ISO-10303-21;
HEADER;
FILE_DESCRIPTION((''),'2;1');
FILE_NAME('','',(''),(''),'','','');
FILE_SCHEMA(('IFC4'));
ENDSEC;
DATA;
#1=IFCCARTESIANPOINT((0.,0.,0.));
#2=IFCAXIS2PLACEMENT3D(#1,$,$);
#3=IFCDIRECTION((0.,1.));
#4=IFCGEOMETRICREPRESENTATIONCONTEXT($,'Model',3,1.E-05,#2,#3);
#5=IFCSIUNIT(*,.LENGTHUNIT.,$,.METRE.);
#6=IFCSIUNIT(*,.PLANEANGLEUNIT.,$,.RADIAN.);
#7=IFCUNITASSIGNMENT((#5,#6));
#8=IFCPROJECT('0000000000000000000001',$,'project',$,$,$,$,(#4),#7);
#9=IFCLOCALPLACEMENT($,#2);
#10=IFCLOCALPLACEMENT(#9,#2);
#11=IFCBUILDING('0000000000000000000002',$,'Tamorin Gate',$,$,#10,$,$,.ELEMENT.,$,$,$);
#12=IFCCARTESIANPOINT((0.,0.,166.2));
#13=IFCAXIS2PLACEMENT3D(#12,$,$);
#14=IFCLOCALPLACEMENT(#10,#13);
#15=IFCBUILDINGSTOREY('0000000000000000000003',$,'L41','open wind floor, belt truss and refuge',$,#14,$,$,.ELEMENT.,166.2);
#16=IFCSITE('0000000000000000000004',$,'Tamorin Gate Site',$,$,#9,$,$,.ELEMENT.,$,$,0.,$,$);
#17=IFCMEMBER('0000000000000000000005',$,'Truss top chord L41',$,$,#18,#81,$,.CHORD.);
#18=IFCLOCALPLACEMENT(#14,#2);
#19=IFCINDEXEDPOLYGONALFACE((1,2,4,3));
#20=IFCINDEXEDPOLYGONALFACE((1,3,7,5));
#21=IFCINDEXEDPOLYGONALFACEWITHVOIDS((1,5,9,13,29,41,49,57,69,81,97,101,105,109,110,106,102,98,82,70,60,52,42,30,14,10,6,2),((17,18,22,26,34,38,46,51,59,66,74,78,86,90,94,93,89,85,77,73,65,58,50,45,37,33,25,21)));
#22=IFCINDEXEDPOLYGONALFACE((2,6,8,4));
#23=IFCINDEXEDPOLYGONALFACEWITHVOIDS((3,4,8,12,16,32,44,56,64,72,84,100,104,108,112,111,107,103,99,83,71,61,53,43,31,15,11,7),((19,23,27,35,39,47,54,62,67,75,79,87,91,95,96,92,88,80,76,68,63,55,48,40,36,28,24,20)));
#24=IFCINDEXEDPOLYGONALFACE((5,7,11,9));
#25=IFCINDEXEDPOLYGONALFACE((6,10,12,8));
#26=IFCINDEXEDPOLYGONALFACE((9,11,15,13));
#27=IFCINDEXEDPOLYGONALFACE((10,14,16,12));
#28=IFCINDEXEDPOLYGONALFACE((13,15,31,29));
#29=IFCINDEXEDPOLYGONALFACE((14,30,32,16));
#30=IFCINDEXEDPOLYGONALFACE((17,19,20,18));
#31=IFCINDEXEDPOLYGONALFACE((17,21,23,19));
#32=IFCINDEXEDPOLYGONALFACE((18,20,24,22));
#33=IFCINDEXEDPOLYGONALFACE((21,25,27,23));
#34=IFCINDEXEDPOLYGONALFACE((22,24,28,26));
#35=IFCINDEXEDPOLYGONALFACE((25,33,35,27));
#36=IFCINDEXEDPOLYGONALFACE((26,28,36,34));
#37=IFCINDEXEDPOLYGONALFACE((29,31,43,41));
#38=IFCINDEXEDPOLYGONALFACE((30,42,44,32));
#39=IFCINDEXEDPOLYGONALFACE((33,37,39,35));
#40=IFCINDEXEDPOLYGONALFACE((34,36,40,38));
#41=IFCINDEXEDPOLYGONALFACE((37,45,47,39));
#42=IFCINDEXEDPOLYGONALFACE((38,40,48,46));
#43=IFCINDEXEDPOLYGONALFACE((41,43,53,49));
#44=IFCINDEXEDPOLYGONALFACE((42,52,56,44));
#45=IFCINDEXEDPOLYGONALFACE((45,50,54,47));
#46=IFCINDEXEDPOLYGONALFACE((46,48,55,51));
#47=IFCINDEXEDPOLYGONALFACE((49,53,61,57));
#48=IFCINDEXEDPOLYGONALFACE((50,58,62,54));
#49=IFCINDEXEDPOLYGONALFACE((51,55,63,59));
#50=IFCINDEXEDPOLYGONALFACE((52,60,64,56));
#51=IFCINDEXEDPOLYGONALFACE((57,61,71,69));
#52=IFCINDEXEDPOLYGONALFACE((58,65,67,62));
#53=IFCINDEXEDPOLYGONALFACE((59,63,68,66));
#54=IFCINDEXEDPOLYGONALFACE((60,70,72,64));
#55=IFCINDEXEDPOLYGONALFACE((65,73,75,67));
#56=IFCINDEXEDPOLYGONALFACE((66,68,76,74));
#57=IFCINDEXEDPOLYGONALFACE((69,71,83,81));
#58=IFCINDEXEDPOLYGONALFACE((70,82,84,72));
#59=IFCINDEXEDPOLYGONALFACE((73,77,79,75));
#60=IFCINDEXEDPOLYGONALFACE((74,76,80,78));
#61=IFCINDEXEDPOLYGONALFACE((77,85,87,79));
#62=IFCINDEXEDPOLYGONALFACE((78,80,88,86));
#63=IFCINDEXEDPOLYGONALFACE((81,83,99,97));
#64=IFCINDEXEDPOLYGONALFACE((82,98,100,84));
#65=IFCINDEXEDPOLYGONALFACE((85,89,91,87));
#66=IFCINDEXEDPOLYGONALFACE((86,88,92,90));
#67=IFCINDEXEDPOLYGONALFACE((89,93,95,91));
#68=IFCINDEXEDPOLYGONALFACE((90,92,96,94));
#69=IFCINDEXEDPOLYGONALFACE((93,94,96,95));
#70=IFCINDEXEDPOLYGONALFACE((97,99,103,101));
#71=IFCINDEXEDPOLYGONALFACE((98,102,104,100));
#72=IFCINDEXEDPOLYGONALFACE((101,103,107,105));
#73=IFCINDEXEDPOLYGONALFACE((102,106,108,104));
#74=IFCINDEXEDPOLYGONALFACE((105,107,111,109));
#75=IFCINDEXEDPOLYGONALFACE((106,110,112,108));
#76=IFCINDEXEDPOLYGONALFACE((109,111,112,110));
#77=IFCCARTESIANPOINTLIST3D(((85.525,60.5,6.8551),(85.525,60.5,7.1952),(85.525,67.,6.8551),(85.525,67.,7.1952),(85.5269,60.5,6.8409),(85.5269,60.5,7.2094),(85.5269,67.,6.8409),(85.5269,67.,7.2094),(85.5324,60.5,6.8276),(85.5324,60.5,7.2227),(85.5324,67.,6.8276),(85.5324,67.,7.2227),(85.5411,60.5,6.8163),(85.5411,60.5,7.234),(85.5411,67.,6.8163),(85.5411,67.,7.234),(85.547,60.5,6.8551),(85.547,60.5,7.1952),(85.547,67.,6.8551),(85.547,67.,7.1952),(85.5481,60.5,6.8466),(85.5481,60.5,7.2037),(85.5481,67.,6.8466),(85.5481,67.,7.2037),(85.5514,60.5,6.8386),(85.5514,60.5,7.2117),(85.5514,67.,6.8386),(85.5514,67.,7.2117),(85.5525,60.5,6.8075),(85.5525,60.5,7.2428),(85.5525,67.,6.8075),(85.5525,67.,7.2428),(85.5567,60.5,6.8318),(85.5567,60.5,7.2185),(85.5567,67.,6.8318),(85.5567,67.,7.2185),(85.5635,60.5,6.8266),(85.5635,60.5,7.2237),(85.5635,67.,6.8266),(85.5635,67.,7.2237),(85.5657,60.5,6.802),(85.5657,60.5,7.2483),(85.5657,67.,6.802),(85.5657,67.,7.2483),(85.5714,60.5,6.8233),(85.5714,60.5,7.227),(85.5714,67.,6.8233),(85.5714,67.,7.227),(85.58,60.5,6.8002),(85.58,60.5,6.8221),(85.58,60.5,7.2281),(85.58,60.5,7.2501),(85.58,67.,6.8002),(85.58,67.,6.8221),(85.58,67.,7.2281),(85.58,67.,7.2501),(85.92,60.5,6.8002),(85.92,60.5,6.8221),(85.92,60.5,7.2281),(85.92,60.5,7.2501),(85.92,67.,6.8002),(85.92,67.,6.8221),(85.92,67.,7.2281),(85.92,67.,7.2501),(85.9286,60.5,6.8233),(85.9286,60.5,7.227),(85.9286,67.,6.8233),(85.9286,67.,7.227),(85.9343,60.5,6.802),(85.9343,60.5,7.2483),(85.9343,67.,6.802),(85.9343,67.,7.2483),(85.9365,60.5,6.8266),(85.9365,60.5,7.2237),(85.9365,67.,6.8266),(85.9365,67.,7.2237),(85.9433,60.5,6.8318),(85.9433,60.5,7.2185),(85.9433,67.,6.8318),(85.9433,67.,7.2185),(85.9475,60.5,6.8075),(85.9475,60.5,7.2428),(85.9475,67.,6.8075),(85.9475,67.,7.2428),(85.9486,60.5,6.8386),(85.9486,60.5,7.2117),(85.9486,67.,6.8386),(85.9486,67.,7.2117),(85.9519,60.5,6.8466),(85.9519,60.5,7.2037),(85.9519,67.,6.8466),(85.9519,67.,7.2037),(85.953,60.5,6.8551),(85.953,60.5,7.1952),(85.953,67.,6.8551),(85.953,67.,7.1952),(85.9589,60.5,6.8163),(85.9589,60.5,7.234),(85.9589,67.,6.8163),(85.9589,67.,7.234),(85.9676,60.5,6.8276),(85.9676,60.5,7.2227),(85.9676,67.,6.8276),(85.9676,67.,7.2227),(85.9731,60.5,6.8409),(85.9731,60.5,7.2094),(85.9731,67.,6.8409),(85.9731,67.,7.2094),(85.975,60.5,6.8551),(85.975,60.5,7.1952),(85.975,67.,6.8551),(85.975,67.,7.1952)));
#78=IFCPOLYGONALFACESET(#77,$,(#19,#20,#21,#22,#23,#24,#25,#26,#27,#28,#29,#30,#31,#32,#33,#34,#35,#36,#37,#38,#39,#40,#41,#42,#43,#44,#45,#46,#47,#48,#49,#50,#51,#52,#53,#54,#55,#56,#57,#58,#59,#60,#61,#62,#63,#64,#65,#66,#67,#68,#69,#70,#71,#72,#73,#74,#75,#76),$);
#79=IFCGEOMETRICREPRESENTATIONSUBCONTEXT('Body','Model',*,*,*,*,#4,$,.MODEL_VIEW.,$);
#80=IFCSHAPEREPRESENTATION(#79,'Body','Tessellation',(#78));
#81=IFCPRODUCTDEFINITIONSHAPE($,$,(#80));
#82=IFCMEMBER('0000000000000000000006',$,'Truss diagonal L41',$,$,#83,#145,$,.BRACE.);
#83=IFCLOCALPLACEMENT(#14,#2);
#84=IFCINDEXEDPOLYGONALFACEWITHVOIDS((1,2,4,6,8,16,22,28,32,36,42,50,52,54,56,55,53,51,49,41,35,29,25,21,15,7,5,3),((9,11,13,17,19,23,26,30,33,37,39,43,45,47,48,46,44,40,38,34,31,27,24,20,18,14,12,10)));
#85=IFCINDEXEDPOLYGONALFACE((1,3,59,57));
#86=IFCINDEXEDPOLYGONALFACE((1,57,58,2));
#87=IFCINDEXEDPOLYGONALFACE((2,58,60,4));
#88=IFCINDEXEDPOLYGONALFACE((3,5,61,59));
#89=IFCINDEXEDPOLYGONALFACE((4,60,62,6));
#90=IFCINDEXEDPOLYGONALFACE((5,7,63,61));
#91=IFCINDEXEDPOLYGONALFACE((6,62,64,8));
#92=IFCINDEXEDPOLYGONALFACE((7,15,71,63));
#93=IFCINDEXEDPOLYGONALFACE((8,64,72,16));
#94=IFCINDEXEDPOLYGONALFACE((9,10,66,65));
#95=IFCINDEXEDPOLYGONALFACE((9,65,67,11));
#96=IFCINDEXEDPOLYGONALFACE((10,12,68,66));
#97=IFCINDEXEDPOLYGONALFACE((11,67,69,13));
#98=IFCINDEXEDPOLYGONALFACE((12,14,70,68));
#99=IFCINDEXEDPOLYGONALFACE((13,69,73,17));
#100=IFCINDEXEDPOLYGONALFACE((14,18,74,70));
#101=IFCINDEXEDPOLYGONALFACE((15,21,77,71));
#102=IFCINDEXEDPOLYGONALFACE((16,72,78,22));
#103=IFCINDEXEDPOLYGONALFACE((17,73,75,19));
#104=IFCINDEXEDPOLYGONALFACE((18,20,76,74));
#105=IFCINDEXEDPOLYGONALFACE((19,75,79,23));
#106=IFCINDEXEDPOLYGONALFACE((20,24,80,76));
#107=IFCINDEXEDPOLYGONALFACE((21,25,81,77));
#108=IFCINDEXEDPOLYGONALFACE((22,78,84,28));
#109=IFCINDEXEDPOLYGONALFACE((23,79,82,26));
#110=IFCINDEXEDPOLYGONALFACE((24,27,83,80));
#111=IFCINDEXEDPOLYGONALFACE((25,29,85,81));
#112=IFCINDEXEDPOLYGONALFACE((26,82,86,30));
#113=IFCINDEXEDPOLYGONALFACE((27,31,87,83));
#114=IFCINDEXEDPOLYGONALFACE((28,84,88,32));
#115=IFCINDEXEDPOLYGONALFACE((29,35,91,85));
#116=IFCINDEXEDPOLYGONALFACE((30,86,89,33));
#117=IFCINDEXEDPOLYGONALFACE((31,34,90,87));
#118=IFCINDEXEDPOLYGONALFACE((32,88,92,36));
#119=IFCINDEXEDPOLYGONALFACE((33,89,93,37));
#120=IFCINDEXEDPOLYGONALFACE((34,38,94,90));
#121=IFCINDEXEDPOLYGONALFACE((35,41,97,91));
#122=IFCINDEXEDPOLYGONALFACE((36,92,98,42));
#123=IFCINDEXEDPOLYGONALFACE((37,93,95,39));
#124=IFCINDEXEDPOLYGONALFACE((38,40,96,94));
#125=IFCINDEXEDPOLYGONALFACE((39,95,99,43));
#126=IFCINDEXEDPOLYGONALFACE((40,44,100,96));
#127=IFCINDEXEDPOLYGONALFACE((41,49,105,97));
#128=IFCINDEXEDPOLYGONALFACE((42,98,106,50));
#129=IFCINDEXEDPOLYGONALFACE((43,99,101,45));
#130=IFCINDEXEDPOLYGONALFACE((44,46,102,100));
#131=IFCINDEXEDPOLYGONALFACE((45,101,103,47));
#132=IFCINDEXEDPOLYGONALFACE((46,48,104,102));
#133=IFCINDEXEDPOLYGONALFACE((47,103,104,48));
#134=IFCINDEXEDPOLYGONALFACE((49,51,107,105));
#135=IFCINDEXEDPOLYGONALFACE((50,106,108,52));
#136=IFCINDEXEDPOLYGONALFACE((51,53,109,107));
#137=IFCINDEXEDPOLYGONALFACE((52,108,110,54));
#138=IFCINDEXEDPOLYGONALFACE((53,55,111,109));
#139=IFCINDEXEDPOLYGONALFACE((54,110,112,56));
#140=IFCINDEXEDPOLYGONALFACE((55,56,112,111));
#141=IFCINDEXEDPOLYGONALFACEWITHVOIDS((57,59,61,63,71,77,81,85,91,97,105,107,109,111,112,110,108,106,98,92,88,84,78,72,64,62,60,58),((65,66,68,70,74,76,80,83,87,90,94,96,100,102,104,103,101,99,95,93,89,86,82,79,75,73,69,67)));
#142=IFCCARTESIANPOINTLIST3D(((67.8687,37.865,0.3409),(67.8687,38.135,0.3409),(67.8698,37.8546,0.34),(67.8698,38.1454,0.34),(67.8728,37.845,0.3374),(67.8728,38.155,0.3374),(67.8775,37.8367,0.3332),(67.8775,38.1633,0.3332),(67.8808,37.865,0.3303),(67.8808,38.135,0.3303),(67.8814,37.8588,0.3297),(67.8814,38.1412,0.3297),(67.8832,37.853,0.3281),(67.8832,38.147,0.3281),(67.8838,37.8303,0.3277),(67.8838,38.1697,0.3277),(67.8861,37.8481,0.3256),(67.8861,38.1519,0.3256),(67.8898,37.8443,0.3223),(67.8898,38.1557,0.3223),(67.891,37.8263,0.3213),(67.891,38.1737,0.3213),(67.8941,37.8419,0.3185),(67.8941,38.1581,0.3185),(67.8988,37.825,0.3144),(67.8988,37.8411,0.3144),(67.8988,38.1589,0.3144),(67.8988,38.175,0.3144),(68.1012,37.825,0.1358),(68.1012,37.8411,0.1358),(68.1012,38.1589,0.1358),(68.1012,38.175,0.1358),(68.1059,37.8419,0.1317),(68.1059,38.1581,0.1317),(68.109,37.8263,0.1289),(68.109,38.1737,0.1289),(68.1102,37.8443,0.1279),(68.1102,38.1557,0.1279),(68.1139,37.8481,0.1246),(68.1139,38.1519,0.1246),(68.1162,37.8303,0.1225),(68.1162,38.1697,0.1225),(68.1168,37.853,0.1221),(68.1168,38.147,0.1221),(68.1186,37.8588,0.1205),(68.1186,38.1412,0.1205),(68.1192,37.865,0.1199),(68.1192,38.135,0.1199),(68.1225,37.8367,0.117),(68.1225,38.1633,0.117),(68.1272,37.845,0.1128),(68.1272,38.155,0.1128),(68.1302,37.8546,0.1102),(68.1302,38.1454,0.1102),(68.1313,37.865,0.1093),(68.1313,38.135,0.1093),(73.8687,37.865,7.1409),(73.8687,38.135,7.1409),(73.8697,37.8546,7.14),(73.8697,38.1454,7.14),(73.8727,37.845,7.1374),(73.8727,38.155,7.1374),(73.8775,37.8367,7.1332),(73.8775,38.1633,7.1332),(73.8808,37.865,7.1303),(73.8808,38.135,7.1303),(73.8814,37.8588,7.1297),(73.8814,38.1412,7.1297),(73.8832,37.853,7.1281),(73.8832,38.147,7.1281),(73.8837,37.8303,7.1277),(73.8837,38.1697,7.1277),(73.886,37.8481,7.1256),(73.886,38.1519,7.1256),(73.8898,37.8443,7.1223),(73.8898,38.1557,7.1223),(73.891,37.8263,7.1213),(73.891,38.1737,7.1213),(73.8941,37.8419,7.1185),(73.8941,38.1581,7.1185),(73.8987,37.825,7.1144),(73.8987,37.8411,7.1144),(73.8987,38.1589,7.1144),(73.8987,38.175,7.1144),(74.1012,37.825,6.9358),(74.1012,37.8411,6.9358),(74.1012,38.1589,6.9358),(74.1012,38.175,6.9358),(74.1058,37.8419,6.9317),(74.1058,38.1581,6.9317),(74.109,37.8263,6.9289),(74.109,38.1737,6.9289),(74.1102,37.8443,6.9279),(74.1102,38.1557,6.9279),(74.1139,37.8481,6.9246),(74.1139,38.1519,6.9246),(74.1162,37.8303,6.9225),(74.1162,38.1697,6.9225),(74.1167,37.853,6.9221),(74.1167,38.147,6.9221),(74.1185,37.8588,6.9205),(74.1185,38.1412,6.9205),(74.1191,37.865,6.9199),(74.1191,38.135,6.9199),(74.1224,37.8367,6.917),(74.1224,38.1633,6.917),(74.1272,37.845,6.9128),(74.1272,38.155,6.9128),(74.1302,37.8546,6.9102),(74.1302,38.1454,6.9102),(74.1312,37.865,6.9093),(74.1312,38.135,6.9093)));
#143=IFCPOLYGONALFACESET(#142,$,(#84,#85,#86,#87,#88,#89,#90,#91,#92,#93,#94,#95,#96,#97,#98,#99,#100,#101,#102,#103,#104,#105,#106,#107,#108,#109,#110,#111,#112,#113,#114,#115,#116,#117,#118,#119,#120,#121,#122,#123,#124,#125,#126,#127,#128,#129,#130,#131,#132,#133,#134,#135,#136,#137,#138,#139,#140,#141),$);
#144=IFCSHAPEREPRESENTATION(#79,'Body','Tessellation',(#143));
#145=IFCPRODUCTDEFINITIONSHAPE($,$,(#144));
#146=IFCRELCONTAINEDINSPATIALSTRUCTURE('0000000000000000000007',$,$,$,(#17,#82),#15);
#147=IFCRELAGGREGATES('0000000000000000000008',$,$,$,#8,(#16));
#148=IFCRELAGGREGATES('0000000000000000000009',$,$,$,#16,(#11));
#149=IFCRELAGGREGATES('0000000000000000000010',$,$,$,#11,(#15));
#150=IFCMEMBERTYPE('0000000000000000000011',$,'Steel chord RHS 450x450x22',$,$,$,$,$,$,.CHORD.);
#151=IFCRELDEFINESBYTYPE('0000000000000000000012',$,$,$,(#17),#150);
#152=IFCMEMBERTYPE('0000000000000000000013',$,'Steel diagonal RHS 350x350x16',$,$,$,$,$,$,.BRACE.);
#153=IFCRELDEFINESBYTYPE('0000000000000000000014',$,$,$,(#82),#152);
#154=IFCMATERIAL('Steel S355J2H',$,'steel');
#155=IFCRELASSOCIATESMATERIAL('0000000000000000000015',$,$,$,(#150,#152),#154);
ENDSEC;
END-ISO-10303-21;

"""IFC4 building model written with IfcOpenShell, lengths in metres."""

from ifc_helpers import new_model, si_unit, direction, frame, origin, origin_2d, place, context, subcontext, project, spatial, hollow_rectangle, extrude, material, material_profile, profile_set, type_object, element, save


model = new_model("IFC4")

# Units and contexts
model_context = context("Model", 3, precision=1e-05, world=origin(), true_north=direction((0.0, 1.0)))
body_context = subcontext(model_context, "Body", "Model", "MODEL_VIEW")
ifc_project = project(units=[si_unit("LENGTHUNIT", "METRE"), si_unit("PLANEANGLEUNIT", "RADIAN")], contexts=[model_context])

# Site, building, storey
site_placement = place(None, origin())
site = spatial("IfcSite", under=ifc_project, at=site_placement, Name="Tamorin Gate Site", CompositionType="ELEMENT", RefElevation=0.0)
building_placement = place(site_placement, origin())
building = spatial("IfcBuilding", under=site, at=building_placement, Name="Tamorin Gate", CompositionType="ELEMENT")
storey_placement = place(building_placement, frame((0.0, 0.0, 166.2)))
storey = spatial("IfcBuildingStorey", under=building, at=storey_placement, Name="L41", Description="open wind floor, belt truss and refuge", CompositionType="ELEMENT", Elevation=166.2)

# Members
ifc_material_1 = material(Name="Steel S355J2H", Category="steel")
ifc_material_profile_1 = material_profile(ifc_material_1, hollow_rectangle(XDim=0.45, YDim=0.45, WallThickness=0.022, InnerFilletRadius=0.033, OuterFilletRadius=0.0549, at=origin_2d()), Name="RHS 450x450x22")
ifc_profile_set_1 = profile_set([ifc_material_profile_1], Name="Steel S355J2H")
member_type_1 = type_object("IfcMemberType", Name="Steel chord RHS 450x450x22", PredefinedType="CHORD", material=ifc_profile_set_1)
for number, where, z_axis, x_axis, name in (
    (1, (85.75, 60.5, 7.0251), (0.0, 1.0, 0.0), (-1.0, 0.0, 0.0), "Truss top chord L41"),
):
    element("IfcMember", number, at=place(storey_placement, frame(where, z_axis=z_axis, x_axis=x_axis)), inside=storey, type_object=member_type_1, Name=name, PredefinedType="CHORD", context=body_context, shape_type="SweptSolid", body=[
        extrude(hollow_rectangle(XDim=0.45, YDim=0.45, WallThickness=0.022, InnerFilletRadius=0.033, OuterFilletRadius=0.0549, at=origin_2d()), origin(), (0.0, 0.0, 1.0), 6.5),
    ])
ifc_material_profile_2 = material_profile(ifc_material_1, hollow_rectangle(XDim=0.3501, YDim=0.3501, WallThickness=0.0161, InnerFilletRadius=0.0239, OuterFilletRadius=0.04, at=origin_2d()), Name="RHS 350x350x16")
ifc_profile_set_2 = profile_set([ifc_material_profile_2], Name="Steel S355J2H")
member_type_2 = type_object("IfcMemberType", Name="Steel diagonal RHS 350x350x16", PredefinedType="BRACE", material=ifc_profile_set_2)
for number, where, z_axis, x_axis, name in (
    (2, (68.0, 38.0, 0.2251), (0.661619, 0.0, 0.74984), (0.0, 1.0, 0.0), "Truss diagonal L41"),
):
    element("IfcMember", number, at=place(storey_placement, frame(where, z_axis=z_axis, x_axis=x_axis)), inside=storey, type_object=member_type_2, Name=name, PredefinedType="BRACE", context=body_context, shape_type="SweptSolid", body=[
        extrude(hollow_rectangle(XDim=0.3501, YDim=0.3501, WallThickness=0.0161, InnerFilletRadius=0.0239, OuterFilletRadius=0.04, at=origin_2d()), origin(), (0.0, 0.0, 1.0), 9.0686),
    ])

save(model, "model.ifc")
